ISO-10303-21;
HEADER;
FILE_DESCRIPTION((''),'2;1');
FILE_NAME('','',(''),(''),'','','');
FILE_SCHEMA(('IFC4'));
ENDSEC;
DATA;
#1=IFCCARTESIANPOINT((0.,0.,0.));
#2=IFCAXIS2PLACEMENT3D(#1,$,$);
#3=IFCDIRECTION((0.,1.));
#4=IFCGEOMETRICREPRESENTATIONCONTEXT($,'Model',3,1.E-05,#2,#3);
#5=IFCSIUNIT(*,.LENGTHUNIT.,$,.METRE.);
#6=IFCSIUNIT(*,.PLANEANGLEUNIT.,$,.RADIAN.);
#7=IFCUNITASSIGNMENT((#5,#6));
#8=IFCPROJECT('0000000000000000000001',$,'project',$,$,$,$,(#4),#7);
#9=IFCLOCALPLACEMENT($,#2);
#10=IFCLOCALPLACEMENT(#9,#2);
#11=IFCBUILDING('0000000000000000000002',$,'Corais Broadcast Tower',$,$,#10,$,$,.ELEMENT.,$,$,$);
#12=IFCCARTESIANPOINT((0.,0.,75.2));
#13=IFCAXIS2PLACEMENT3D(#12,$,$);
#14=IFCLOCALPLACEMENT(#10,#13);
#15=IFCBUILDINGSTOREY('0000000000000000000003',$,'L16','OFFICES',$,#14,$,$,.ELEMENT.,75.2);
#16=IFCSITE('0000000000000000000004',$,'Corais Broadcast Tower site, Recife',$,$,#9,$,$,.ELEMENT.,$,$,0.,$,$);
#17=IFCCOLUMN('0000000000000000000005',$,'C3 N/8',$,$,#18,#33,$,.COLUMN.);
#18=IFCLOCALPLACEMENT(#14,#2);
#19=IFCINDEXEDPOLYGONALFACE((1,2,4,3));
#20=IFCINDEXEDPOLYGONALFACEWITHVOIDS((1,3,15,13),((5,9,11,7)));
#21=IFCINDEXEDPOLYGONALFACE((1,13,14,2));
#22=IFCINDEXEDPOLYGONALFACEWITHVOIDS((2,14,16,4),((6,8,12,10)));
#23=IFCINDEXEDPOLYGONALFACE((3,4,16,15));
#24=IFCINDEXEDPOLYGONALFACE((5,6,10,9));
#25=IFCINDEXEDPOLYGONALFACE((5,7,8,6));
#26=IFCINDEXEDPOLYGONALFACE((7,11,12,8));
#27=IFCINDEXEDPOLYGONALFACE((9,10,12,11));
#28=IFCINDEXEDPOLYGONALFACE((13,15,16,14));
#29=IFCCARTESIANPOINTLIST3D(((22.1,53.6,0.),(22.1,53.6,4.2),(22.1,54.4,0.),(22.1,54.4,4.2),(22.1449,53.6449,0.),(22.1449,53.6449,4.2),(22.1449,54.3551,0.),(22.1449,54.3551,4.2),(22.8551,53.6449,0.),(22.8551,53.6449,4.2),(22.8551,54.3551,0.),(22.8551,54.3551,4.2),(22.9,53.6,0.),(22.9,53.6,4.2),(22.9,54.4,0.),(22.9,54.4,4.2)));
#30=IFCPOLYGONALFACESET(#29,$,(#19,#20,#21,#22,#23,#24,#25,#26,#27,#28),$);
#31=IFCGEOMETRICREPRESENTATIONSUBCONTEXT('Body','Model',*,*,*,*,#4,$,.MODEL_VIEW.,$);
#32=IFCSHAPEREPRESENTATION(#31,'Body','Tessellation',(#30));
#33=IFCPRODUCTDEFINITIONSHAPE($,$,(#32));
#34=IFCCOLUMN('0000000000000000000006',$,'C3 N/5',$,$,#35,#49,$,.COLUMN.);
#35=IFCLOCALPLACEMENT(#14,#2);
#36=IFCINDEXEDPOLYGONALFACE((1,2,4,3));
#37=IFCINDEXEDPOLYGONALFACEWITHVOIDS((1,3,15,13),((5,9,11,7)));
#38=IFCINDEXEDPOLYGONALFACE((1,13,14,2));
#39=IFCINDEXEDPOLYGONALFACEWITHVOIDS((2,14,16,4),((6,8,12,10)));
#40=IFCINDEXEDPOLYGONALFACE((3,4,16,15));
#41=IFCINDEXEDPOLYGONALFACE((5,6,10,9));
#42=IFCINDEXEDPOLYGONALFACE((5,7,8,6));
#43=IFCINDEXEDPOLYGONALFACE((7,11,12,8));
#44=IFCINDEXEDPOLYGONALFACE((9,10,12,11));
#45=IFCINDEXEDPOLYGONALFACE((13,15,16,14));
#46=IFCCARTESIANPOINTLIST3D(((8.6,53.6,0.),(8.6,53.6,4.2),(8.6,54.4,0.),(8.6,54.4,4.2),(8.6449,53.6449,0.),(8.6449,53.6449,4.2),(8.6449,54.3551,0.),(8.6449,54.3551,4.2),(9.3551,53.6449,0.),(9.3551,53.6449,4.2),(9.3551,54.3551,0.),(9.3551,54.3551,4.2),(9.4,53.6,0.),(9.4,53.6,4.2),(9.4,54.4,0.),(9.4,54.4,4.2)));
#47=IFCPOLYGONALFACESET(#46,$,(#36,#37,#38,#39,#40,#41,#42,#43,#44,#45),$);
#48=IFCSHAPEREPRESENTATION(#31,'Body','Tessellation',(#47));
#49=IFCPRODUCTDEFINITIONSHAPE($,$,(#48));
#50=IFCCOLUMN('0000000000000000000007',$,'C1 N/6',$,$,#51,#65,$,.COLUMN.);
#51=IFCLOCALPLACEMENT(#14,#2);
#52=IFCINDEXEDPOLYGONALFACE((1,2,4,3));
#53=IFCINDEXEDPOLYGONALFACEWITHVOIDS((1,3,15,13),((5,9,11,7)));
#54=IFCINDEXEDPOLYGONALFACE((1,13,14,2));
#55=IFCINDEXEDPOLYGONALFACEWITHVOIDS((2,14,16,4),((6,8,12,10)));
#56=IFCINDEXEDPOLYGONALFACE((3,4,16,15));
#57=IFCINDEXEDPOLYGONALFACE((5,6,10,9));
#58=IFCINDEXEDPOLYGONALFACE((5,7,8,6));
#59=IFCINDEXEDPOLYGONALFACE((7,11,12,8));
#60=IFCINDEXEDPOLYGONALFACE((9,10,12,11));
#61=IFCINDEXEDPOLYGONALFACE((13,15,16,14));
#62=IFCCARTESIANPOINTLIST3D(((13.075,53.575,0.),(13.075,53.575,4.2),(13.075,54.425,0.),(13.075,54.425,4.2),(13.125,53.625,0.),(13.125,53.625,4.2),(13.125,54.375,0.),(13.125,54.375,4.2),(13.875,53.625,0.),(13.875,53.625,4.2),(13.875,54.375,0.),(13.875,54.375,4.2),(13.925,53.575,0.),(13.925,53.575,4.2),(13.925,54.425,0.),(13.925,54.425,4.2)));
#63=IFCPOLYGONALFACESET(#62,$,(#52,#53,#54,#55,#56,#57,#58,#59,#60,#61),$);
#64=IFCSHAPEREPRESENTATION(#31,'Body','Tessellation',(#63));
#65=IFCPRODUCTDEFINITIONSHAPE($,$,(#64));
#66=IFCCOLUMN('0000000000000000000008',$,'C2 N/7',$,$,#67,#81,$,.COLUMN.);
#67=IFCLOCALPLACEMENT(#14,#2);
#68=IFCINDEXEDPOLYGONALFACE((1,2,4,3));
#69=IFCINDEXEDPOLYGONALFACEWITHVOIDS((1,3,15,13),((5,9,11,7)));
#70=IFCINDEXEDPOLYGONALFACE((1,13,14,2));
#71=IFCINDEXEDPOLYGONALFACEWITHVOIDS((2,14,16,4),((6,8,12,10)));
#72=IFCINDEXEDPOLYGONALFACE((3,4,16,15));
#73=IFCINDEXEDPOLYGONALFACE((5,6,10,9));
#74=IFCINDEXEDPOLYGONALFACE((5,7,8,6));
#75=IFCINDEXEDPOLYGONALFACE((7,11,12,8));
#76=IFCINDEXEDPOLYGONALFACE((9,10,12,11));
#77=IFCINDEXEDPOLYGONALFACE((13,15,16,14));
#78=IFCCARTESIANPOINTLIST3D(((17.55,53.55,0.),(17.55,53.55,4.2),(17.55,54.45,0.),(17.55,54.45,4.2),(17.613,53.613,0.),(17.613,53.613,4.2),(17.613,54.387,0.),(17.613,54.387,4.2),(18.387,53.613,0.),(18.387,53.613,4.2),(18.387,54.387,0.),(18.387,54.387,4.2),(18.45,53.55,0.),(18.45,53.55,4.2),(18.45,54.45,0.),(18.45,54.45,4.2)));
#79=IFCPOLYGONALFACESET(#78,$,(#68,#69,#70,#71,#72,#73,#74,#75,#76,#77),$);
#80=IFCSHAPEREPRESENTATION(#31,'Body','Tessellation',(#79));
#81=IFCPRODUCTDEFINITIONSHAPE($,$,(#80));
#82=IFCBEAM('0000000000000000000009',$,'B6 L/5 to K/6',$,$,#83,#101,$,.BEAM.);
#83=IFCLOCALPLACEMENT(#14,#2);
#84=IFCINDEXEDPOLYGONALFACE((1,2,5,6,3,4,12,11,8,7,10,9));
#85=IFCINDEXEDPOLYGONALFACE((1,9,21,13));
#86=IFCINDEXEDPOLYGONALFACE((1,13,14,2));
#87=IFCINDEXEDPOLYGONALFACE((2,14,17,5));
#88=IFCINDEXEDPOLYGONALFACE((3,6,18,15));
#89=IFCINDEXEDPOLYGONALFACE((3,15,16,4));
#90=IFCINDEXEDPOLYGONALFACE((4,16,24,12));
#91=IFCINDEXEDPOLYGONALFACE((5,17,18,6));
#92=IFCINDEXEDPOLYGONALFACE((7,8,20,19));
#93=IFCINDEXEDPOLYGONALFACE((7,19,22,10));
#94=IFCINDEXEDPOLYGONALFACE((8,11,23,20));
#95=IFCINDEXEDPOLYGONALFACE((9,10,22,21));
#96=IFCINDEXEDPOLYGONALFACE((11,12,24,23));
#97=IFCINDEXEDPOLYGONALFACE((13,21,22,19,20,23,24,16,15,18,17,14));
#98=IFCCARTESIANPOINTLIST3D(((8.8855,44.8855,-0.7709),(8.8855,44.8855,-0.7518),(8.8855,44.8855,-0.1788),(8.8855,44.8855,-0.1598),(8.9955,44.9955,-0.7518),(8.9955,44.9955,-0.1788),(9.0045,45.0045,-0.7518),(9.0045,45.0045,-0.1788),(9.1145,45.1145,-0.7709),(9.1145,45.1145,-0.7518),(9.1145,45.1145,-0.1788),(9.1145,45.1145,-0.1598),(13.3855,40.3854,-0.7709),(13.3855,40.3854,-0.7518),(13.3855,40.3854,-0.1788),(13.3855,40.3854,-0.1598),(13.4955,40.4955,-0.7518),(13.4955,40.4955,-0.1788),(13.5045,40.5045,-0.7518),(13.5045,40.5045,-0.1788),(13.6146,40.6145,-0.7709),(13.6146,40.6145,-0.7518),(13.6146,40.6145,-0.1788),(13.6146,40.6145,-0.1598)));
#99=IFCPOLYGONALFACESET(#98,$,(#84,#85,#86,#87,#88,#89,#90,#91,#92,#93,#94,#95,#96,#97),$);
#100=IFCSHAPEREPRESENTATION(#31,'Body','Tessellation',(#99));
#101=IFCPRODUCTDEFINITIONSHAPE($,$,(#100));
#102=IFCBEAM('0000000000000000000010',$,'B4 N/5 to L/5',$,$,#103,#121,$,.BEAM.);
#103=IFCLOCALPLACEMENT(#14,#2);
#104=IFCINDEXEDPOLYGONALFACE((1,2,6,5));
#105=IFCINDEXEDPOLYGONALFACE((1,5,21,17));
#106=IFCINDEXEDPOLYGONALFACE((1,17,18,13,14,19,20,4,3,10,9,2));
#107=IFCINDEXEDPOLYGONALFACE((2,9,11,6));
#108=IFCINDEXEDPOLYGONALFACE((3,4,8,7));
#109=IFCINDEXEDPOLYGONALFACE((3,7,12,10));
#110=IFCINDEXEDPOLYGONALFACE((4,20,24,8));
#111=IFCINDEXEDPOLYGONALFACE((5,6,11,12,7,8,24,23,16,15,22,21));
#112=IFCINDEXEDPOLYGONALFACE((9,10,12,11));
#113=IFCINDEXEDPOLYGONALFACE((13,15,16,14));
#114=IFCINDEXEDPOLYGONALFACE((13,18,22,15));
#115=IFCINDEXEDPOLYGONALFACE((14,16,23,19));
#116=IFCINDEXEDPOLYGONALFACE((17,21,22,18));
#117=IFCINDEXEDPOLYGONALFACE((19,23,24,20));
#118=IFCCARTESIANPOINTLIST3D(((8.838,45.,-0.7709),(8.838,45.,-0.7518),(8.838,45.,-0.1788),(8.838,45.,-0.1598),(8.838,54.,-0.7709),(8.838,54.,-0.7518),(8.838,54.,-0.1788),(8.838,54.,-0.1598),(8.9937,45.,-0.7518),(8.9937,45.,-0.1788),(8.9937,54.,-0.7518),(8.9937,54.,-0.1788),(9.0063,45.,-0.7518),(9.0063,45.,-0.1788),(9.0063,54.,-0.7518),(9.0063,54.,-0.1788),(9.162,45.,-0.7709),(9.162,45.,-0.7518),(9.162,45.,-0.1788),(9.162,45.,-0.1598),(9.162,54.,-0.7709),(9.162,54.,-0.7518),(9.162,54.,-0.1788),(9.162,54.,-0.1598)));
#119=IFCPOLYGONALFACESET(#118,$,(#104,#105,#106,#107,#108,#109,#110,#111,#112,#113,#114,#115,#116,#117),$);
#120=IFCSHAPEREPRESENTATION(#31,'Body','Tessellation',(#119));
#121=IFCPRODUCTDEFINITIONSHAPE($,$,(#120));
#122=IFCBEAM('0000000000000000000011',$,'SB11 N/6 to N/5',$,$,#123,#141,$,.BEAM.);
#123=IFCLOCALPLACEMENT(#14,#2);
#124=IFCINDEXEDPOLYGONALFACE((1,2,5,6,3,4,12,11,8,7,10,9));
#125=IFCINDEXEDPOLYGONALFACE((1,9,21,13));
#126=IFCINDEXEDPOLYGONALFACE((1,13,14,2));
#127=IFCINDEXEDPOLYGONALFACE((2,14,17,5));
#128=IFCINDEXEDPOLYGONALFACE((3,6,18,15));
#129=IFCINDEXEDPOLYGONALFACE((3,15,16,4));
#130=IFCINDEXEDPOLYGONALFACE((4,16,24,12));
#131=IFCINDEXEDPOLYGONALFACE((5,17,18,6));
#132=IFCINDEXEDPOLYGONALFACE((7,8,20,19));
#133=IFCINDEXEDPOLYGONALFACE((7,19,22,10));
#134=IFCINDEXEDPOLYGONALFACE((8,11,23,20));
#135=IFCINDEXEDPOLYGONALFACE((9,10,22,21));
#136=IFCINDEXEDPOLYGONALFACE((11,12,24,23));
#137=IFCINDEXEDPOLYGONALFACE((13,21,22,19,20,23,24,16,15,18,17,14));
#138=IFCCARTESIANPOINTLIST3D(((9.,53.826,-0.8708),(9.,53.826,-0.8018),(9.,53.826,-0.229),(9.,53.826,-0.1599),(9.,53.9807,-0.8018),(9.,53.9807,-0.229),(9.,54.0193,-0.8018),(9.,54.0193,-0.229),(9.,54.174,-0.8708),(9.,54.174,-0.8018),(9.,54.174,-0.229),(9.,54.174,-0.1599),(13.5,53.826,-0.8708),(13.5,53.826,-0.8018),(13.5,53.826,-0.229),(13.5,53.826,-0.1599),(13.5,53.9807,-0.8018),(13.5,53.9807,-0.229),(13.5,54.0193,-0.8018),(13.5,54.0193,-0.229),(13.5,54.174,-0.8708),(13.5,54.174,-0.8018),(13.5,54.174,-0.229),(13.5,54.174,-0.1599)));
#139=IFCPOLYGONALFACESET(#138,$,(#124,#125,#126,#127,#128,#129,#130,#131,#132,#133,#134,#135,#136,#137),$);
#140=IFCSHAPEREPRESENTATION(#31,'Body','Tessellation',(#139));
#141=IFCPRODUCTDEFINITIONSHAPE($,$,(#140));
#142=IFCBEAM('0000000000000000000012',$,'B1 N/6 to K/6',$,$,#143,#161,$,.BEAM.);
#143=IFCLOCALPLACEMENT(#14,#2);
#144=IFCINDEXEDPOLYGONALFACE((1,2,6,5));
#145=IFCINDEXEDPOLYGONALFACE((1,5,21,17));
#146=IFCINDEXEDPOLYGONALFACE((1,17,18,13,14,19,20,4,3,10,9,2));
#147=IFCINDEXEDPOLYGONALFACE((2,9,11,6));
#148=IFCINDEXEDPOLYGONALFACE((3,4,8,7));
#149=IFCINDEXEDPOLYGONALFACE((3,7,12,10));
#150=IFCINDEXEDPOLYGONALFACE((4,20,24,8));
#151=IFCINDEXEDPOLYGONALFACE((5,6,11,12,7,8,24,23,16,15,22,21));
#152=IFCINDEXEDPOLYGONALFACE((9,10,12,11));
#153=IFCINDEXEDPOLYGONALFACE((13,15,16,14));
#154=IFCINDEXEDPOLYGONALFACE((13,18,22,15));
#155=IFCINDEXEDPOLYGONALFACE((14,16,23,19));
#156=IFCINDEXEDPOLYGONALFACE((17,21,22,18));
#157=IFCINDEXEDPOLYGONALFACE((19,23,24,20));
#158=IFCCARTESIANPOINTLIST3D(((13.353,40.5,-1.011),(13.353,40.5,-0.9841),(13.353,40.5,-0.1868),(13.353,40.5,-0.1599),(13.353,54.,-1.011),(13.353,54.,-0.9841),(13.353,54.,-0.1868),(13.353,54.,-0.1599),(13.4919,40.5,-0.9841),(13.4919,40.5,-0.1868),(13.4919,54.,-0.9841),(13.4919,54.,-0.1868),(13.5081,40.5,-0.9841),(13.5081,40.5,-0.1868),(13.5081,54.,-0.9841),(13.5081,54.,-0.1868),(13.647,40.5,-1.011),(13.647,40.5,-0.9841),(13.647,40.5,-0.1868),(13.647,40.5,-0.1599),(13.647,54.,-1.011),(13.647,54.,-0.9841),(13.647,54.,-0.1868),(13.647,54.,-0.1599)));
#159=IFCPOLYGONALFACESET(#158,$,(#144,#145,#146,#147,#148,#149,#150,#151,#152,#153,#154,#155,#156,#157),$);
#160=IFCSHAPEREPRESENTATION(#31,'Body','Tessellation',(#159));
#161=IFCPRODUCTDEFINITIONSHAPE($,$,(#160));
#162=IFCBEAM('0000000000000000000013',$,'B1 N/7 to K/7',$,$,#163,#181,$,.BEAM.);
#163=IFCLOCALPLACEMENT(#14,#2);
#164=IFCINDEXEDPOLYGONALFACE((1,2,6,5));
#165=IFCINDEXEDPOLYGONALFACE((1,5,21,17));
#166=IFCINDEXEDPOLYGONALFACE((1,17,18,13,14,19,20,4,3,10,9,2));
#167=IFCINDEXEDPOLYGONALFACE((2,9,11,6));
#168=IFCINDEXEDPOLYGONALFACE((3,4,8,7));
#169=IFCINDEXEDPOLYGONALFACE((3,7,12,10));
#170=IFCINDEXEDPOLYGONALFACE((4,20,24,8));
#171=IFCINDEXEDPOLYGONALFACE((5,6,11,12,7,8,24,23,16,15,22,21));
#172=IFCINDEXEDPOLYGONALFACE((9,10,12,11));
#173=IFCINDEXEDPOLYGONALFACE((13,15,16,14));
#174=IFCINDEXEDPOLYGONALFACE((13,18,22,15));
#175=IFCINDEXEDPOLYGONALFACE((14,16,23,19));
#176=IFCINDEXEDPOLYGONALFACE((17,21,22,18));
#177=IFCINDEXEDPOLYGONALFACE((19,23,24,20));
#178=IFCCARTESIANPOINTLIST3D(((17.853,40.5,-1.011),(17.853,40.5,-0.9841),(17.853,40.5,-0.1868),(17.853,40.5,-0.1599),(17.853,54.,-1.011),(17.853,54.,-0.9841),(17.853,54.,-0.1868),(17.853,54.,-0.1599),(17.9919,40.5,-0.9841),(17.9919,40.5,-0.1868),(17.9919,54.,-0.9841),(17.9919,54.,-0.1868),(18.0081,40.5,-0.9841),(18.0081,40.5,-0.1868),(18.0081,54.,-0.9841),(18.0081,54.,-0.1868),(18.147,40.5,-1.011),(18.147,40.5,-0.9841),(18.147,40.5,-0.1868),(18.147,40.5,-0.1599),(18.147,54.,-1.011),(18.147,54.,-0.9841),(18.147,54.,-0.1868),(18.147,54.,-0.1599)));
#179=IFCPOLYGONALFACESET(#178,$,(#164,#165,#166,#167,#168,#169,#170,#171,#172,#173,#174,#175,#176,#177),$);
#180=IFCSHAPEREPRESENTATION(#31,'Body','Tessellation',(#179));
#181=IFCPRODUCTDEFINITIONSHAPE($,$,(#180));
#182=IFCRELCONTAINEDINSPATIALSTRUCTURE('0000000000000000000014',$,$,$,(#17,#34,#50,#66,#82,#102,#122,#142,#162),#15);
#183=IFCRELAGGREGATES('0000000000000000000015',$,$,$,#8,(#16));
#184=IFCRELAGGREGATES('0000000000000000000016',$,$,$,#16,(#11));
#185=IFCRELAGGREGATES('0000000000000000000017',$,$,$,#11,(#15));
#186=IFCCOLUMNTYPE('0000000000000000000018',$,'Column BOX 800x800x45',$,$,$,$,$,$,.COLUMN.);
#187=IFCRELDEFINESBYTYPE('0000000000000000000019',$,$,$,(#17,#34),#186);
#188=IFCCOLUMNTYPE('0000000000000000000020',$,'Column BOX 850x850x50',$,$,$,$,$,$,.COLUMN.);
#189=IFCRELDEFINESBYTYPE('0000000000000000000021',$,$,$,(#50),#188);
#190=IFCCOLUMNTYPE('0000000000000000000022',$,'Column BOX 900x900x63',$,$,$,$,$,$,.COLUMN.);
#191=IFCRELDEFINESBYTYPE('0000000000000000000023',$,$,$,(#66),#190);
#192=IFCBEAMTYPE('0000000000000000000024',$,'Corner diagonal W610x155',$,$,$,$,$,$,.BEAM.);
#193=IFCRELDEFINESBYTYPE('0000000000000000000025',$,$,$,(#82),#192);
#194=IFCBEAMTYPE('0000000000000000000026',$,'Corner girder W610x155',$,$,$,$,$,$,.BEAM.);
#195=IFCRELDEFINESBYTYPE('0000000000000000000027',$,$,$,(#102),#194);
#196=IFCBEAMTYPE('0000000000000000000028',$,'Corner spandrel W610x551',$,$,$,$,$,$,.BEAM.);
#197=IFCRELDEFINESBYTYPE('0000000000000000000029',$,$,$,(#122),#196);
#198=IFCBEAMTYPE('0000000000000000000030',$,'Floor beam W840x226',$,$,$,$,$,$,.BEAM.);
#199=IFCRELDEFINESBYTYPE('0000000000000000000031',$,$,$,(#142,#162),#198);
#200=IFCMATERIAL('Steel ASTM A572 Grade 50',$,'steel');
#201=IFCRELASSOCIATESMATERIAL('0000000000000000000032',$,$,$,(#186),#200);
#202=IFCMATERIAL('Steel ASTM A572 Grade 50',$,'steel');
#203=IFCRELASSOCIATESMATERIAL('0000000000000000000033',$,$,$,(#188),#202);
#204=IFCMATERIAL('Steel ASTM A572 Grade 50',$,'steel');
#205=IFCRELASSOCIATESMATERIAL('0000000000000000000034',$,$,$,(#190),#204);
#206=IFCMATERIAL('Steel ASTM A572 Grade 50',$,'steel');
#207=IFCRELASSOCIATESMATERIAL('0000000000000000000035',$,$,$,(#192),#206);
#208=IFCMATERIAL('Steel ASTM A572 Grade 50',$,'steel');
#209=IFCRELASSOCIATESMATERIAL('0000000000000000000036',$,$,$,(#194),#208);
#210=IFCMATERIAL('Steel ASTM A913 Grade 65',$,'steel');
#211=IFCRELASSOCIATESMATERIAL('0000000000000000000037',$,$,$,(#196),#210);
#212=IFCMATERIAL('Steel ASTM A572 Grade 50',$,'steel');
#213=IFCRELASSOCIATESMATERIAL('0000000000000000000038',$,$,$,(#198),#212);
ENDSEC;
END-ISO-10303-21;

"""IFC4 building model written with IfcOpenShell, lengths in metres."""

from ifc_helpers import new_model, si_unit, direction, frame, origin, origin_2d, place, context, subcontext, project, spatial, hollow_rectangle, i_section, extrude, material, material_profile, profile_set, type_object, element, save


model = new_model("IFC4")

# Units and contexts
model_context = context("Model", 3, precision=1e-05, world=origin(), true_north=direction((0.0, 1.0)))
body_context = subcontext(model_context, "Body", "Model", "MODEL_VIEW")
ifc_project = project(units=[si_unit("LENGTHUNIT", "METRE"), si_unit("PLANEANGLEUNIT", "RADIAN")], contexts=[model_context])

# Site, building, storey
site_placement = place(None, origin())
site = spatial("IfcSite", under=ifc_project, at=site_placement, Name="Corais Broadcast Tower site, Recife", CompositionType="ELEMENT", RefElevation=0.0)
building_placement = place(site_placement, origin())
building = spatial("IfcBuilding", under=site, at=building_placement, Name="Corais Broadcast Tower", CompositionType="ELEMENT")
storey_placement = place(building_placement, frame((0.0, 0.0, 75.2)))
storey = spatial("IfcBuildingStorey", under=building, at=storey_placement, Name="L16", Description="OFFICES", CompositionType="ELEMENT", Elevation=75.2)

# Columns
ifc_material_1 = material(Name="Steel ASTM A572 Grade 50", Category="steel")
ifc_material_profile_1 = material_profile(ifc_material_1, hollow_rectangle(XDim=0.8, YDim=0.8, WallThickness=0.0449, at=origin_2d()), Name="BOX 800x800x45")
ifc_profile_set_1 = profile_set([ifc_material_profile_1], Name="Steel ASTM A572 Grade 50")
column_type_1 = type_object("IfcColumnType", Name="Column BOX 800x800x45", PredefinedType="COLUMN", material=ifc_profile_set_1)
for number, where, z_axis, x_axis, name in (
    (1, (22.5, 54.0, 0.0), (0.0, 0.0, 1.0), (1.0, 0.0, 0.0), "C3 N/8"),
    (2, (9.0, 54.0, 0.0), (0.0, 0.0, 1.0), (1.0, 0.0, 0.0), "C3 N/5"),
):
    element("IfcColumn", number, at=place(storey_placement, frame(where, z_axis=z_axis, x_axis=x_axis)), inside=storey, type_object=column_type_1, Name=name, PredefinedType="COLUMN", context=body_context, shape_type="SweptSolid", body=[
        extrude(hollow_rectangle(XDim=0.8, YDim=0.8, WallThickness=0.0449, at=origin_2d()), origin(), (0.0, 0.0, 1.0), 4.2),
    ])
ifc_material_2 = material(Name="Steel ASTM A572 Grade 50", Category="steel")
ifc_material_profile_2 = material_profile(ifc_material_2, hollow_rectangle(XDim=0.8501, YDim=0.8501, WallThickness=0.05, at=origin_2d()), Name="BOX 850x850x50")
ifc_profile_set_2 = profile_set([ifc_material_profile_2], Name="Steel ASTM A572 Grade 50")
column_type_2 = type_object("IfcColumnType", Name="Column BOX 850x850x50", PredefinedType="COLUMN", material=ifc_profile_set_2)
column_1_placement = place(storey_placement, frame((13.5, 54.0, 0.0), z_axis=(0.0, 0.0, 1.0), x_axis=(1.0, 0.0, 0.0)))
element("IfcColumn", 3, at=column_1_placement, inside=storey, type_object=column_type_2, Name="C1 N/6", PredefinedType="COLUMN", context=body_context, shape_type="SweptSolid", body=[
    extrude(hollow_rectangle(XDim=0.8501, YDim=0.8501, WallThickness=0.05, at=origin_2d()), origin(), (0.0, 0.0, 1.0), 4.2),
])
ifc_material_3 = material(Name="Steel ASTM A572 Grade 50", Category="steel")
ifc_material_profile_3 = material_profile(ifc_material_3, hollow_rectangle(XDim=0.8999, YDim=0.8999, WallThickness=0.063, at=origin_2d()), Name="BOX 900x900x63")
ifc_profile_set_3 = profile_set([ifc_material_profile_3], Name="Steel ASTM A572 Grade 50")
column_type_3 = type_object("IfcColumnType", Name="Column BOX 900x900x63", PredefinedType="COLUMN", material=ifc_profile_set_3)
column_2_placement = place(storey_placement, frame((18.0, 54.0, 0.0), z_axis=(0.0, 0.0, 1.0), x_axis=(1.0, 0.0, 0.0)))
element("IfcColumn", 4, at=column_2_placement, inside=storey, type_object=column_type_3, Name="C2 N/7", PredefinedType="COLUMN", context=body_context, shape_type="SweptSolid", body=[
    extrude(hollow_rectangle(XDim=0.8999, YDim=0.8999, WallThickness=0.063, at=origin_2d()), origin(), (0.0, 0.0, 1.0), 4.2),
])

# Beams
ifc_material_4 = material(Name="Steel ASTM A572 Grade 50", Category="steel")
ifc_material_profile_4 = material_profile(ifc_material_4, i_section(OverallWidth=0.324, OverallDepth=0.6111, WebThickness=0.0127, FlangeThickness=0.019, at=origin_2d()), Name="W610x155")
ifc_profile_set_4 = profile_set([ifc_material_profile_4], Name="Steel ASTM A572 Grade 50")
beam_type_1 = type_object("IfcBeamType", Name="Corner diagonal W610x155", PredefinedType="BEAM", material=ifc_profile_set_4)
beam_1_placement = place(storey_placement, frame((9.0, 45.0, -0.4653), z_axis=(0.707107, -0.707107, 0.0), x_axis=(0.707107, 0.707107, 0.0)))
element("IfcBeam", 5, at=beam_1_placement, inside=storey, type_object=beam_type_1, Name="B6 L/5 to K/6", PredefinedType="BEAM", context=body_context, shape_type="SweptSolid", body=[
    extrude(i_section(OverallWidth=0.324, OverallDepth=0.6111, WebThickness=0.0127, FlangeThickness=0.019, at=origin_2d()), origin(), (0.0, 0.0, 1.0), 6.364),
])
ifc_material_5 = material(Name="Steel ASTM A572 Grade 50", Category="steel")
ifc_material_profile_5 = material_profile(ifc_material_5, i_section(OverallWidth=0.324, OverallDepth=0.6111, WebThickness=0.0127, FlangeThickness=0.019, at=origin_2d()), Name="W610x155")
ifc_profile_set_5 = profile_set([ifc_material_profile_5], Name="Steel ASTM A572 Grade 50")
beam_type_2 = type_object("IfcBeamType", Name="Corner girder W610x155", PredefinedType="BEAM", material=ifc_profile_set_5)
beam_2_placement = place(storey_placement, frame((9.0, 54.0, -0.4653), z_axis=(0.0, -1.0, 0.0), x_axis=(1.0, 0.0, 0.0)))
element("IfcBeam", 6, at=beam_2_placement, inside=storey, type_object=beam_type_2, Name="B4 N/5 to L/5", PredefinedType="BEAM", context=body_context, shape_type="SweptSolid", body=[
    extrude(i_section(OverallWidth=0.324, OverallDepth=0.6111, WebThickness=0.0127, FlangeThickness=0.019, at=origin_2d()), origin(), (0.0, 0.0, 1.0), 9.0),
])
ifc_material_6 = material(Name="Steel ASTM A913 Grade 65", Category="steel")
ifc_material_profile_6 = material_profile(ifc_material_6, i_section(OverallWidth=0.3479, OverallDepth=0.7109, WebThickness=0.0386, FlangeThickness=0.0691, at=origin_2d()), Name="W610x551")
ifc_profile_set_6 = profile_set([ifc_material_profile_6], Name="Steel ASTM A913 Grade 65")
beam_type_3 = type_object("IfcBeamType", Name="Corner spandrel W610x551", PredefinedType="BEAM", material=ifc_profile_set_6)
beam_3_placement = place(storey_placement, frame((13.5, 54.0, -0.5154), z_axis=(-1.0, 0.0, 0.0), x_axis=(0.0, -1.0, 0.0)))
element("IfcBeam", 7, at=beam_3_placement, inside=storey, type_object=beam_type_3, Name="SB11 N/6 to N/5", PredefinedType="BEAM", context=body_context, shape_type="SweptSolid", body=[
    extrude(i_section(OverallWidth=0.3479, OverallDepth=0.7109, WebThickness=0.0386, FlangeThickness=0.0691, at=origin_2d()), origin(), (0.0, 0.0, 1.0), 4.5),
])
ifc_material_7 = material(Name="Steel ASTM A572 Grade 50", Category="steel")
ifc_material_profile_7 = material_profile(ifc_material_7, i_section(OverallWidth=0.2939, OverallDepth=0.8511, WebThickness=0.0161, FlangeThickness=0.0269, at=origin_2d()), Name="W840x226")
ifc_profile_set_7 = profile_set([ifc_material_profile_7], Name="Steel ASTM A572 Grade 50")
beam_type_4 = type_object("IfcBeamType", Name="Floor beam W840x226", PredefinedType="BEAM", material=ifc_profile_set_7)
for number, where, z_axis, x_axis, name in (
    (8, (13.5, 54.0, -0.5854), (0.0, -1.0, 0.0), (1.0, 0.0, 0.0), "B1 N/6 to K/6"),
    (9, (18.0, 54.0, -0.5854), (0.0, -1.0, 0.0), (1.0, 0.0, 0.0), "B1 N/7 to K/7"),
):
    element("IfcBeam", number, at=place(storey_placement, frame(where, z_axis=z_axis, x_axis=x_axis)), inside=storey, type_object=beam_type_4, Name=name, PredefinedType="BEAM", context=body_context, shape_type="SweptSolid", body=[
        extrude(i_section(OverallWidth=0.2939, OverallDepth=0.8511, WebThickness=0.0161, FlangeThickness=0.0269, at=origin_2d()), origin(), (0.0, 0.0, 1.0), 13.5),
    ])

save(model, "model.ifc")
